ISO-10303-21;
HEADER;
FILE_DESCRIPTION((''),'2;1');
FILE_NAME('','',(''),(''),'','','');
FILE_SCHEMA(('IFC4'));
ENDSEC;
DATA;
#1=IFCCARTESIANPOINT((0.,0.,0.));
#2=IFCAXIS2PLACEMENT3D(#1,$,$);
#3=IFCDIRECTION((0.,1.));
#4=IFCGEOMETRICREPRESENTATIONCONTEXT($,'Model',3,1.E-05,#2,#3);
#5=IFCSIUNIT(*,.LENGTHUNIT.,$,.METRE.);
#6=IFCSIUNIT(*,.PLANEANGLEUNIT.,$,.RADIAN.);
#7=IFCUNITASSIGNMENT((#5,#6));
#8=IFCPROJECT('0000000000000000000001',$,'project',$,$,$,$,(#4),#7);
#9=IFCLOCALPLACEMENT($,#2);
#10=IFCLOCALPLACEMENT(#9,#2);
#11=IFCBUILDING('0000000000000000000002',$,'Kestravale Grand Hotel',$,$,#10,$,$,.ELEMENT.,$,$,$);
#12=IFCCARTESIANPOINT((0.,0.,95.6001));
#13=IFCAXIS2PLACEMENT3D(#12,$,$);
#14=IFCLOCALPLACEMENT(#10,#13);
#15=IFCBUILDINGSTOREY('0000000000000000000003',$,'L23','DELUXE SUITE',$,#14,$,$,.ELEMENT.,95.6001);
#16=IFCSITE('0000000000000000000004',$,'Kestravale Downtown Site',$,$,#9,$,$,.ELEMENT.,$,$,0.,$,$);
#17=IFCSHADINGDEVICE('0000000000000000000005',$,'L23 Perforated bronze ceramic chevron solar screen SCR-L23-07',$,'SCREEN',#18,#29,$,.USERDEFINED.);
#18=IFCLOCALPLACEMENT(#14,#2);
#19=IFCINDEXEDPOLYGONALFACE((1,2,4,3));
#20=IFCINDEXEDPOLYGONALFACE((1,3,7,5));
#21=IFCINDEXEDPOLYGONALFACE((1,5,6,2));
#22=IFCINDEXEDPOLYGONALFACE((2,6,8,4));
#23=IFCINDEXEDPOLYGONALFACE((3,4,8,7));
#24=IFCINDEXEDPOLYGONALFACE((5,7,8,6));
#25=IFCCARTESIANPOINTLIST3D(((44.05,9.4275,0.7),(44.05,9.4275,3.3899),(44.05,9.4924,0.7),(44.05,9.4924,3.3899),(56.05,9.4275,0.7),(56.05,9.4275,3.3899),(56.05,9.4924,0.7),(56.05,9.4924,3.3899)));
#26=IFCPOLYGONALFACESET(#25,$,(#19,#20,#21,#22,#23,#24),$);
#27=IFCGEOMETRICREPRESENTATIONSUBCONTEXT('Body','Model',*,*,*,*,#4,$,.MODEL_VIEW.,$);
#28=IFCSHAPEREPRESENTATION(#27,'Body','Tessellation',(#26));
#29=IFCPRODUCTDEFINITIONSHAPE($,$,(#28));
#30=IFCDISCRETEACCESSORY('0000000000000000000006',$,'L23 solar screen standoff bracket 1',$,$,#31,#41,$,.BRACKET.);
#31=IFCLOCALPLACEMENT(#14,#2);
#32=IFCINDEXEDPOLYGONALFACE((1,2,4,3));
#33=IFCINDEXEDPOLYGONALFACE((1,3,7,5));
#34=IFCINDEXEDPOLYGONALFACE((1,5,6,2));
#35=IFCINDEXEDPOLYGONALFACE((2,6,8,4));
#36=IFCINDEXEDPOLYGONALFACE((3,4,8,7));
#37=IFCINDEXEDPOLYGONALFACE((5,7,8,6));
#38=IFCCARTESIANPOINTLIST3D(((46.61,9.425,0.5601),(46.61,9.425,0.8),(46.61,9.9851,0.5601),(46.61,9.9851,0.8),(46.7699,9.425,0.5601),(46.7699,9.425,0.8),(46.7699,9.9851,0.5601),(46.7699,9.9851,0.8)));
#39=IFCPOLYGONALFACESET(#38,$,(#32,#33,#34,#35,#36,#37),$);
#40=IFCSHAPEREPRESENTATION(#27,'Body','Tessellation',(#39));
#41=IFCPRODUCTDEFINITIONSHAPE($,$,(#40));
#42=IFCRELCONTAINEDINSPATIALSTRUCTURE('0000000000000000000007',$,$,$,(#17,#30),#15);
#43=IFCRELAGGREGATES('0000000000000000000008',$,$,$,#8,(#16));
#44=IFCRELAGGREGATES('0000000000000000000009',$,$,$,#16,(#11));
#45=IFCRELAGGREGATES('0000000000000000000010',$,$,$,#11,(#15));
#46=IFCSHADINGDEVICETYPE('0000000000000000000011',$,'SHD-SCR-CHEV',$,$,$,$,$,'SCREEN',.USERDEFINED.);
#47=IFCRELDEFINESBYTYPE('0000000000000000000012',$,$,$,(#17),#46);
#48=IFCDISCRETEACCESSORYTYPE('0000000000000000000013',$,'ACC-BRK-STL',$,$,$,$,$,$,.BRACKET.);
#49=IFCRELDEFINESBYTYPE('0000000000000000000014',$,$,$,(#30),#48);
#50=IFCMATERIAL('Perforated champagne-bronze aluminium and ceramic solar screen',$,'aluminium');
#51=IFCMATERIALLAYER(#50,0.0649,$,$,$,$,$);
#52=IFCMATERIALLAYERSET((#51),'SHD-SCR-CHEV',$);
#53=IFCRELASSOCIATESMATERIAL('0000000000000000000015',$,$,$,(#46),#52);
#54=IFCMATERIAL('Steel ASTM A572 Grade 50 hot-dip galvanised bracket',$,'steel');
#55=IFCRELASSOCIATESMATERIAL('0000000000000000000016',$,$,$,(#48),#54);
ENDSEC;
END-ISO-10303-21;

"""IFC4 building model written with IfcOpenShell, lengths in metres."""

from ifc_helpers import new_model, si_unit, direction, frame, origin, origin_2d, place, context, subcontext, project, spatial, rectangle, extrude, material, layer, layer_set, type_object, element, save


model = new_model("IFC4")

# Units and contexts
model_context = context("Model", 3, precision=1e-05, world=origin(), true_north=direction((0.0, 1.0)))
body_context = subcontext(model_context, "Body", "Model", "MODEL_VIEW")
ifc_project = project(units=[si_unit("LENGTHUNIT", "METRE"), si_unit("PLANEANGLEUNIT", "RADIAN")], contexts=[model_context])

# Site, building, storey
site_placement = place(None, origin())
site = spatial("IfcSite", under=ifc_project, at=site_placement, Name="Kestravale Downtown Site", CompositionType="ELEMENT", RefElevation=0.0)
building_placement = place(site_placement, origin())
building = spatial("IfcBuilding", under=site, at=building_placement, Name="Kestravale Grand Hotel", CompositionType="ELEMENT")
storey_placement = place(building_placement, frame((0.0, 0.0, 95.6001)))
storey = spatial("IfcBuildingStorey", under=building, at=storey_placement, Name="L23", Description="DELUXE SUITE", CompositionType="ELEMENT", Elevation=95.6001)

# Shading device
ifc_material_1 = material(Name="Perforated champagne-bronze aluminium and ceramic solar screen", Category="aluminium")
ifc_layer_1 = layer(ifc_material_1, 0.0649)
ifc_layer_set_1 = layer_set([ifc_layer_1], Name="SHD-SCR-CHEV")
shading_device_type = type_object("IfcShadingDeviceType", Name="SHD-SCR-CHEV", ElementType="SCREEN", PredefinedType="USERDEFINED", material=ifc_layer_set_1)
shading_device_placement = place(storey_placement, frame((50.05, 9.46, 0.7), z_axis=(0.0, 0.0, 1.0), x_axis=(1.0, 0.0, 0.0)))
element("IfcShadingDevice", 1, at=shading_device_placement, inside=storey, type_object=shading_device_type, Name="L23 Perforated bronze ceramic chevron solar screen SCR-L23-07", ObjectType="SCREEN", PredefinedType="USERDEFINED", context=body_context, shape_type="SweptSolid", body=[
    extrude(rectangle(XDim=12.0, YDim=0.0649, at=origin_2d()), origin(), (0.0, 0.0, 1.0), 2.6899),
])

# Discrete accessory
ifc_material_2 = material(Name="Steel ASTM A572 Grade 50 hot-dip galvanised bracket", Category="steel")
discrete_accessory_type = type_object("IfcDiscreteAccessoryType", Name="ACC-BRK-STL", PredefinedType="BRACKET", material=ifc_material_2)
discrete_accessory_placement = place(storey_placement, frame((46.6899, 9.7051, 0.5601), z_axis=(0.0, 0.0, 1.0), x_axis=(1.0, 0.0, 0.0)))
element("IfcDiscreteAccessory", 2, at=discrete_accessory_placement, inside=storey, type_object=discrete_accessory_type, Name="L23 solar screen standoff bracket 1", PredefinedType="BRACKET", context=body_context, shape_type="SweptSolid", body=[
    extrude(rectangle(XDim=0.1599, YDim=0.5601, at=origin_2d()), origin(), (0.0, 0.0, 1.0), 0.24),
])

save(model, "model.ifc")
